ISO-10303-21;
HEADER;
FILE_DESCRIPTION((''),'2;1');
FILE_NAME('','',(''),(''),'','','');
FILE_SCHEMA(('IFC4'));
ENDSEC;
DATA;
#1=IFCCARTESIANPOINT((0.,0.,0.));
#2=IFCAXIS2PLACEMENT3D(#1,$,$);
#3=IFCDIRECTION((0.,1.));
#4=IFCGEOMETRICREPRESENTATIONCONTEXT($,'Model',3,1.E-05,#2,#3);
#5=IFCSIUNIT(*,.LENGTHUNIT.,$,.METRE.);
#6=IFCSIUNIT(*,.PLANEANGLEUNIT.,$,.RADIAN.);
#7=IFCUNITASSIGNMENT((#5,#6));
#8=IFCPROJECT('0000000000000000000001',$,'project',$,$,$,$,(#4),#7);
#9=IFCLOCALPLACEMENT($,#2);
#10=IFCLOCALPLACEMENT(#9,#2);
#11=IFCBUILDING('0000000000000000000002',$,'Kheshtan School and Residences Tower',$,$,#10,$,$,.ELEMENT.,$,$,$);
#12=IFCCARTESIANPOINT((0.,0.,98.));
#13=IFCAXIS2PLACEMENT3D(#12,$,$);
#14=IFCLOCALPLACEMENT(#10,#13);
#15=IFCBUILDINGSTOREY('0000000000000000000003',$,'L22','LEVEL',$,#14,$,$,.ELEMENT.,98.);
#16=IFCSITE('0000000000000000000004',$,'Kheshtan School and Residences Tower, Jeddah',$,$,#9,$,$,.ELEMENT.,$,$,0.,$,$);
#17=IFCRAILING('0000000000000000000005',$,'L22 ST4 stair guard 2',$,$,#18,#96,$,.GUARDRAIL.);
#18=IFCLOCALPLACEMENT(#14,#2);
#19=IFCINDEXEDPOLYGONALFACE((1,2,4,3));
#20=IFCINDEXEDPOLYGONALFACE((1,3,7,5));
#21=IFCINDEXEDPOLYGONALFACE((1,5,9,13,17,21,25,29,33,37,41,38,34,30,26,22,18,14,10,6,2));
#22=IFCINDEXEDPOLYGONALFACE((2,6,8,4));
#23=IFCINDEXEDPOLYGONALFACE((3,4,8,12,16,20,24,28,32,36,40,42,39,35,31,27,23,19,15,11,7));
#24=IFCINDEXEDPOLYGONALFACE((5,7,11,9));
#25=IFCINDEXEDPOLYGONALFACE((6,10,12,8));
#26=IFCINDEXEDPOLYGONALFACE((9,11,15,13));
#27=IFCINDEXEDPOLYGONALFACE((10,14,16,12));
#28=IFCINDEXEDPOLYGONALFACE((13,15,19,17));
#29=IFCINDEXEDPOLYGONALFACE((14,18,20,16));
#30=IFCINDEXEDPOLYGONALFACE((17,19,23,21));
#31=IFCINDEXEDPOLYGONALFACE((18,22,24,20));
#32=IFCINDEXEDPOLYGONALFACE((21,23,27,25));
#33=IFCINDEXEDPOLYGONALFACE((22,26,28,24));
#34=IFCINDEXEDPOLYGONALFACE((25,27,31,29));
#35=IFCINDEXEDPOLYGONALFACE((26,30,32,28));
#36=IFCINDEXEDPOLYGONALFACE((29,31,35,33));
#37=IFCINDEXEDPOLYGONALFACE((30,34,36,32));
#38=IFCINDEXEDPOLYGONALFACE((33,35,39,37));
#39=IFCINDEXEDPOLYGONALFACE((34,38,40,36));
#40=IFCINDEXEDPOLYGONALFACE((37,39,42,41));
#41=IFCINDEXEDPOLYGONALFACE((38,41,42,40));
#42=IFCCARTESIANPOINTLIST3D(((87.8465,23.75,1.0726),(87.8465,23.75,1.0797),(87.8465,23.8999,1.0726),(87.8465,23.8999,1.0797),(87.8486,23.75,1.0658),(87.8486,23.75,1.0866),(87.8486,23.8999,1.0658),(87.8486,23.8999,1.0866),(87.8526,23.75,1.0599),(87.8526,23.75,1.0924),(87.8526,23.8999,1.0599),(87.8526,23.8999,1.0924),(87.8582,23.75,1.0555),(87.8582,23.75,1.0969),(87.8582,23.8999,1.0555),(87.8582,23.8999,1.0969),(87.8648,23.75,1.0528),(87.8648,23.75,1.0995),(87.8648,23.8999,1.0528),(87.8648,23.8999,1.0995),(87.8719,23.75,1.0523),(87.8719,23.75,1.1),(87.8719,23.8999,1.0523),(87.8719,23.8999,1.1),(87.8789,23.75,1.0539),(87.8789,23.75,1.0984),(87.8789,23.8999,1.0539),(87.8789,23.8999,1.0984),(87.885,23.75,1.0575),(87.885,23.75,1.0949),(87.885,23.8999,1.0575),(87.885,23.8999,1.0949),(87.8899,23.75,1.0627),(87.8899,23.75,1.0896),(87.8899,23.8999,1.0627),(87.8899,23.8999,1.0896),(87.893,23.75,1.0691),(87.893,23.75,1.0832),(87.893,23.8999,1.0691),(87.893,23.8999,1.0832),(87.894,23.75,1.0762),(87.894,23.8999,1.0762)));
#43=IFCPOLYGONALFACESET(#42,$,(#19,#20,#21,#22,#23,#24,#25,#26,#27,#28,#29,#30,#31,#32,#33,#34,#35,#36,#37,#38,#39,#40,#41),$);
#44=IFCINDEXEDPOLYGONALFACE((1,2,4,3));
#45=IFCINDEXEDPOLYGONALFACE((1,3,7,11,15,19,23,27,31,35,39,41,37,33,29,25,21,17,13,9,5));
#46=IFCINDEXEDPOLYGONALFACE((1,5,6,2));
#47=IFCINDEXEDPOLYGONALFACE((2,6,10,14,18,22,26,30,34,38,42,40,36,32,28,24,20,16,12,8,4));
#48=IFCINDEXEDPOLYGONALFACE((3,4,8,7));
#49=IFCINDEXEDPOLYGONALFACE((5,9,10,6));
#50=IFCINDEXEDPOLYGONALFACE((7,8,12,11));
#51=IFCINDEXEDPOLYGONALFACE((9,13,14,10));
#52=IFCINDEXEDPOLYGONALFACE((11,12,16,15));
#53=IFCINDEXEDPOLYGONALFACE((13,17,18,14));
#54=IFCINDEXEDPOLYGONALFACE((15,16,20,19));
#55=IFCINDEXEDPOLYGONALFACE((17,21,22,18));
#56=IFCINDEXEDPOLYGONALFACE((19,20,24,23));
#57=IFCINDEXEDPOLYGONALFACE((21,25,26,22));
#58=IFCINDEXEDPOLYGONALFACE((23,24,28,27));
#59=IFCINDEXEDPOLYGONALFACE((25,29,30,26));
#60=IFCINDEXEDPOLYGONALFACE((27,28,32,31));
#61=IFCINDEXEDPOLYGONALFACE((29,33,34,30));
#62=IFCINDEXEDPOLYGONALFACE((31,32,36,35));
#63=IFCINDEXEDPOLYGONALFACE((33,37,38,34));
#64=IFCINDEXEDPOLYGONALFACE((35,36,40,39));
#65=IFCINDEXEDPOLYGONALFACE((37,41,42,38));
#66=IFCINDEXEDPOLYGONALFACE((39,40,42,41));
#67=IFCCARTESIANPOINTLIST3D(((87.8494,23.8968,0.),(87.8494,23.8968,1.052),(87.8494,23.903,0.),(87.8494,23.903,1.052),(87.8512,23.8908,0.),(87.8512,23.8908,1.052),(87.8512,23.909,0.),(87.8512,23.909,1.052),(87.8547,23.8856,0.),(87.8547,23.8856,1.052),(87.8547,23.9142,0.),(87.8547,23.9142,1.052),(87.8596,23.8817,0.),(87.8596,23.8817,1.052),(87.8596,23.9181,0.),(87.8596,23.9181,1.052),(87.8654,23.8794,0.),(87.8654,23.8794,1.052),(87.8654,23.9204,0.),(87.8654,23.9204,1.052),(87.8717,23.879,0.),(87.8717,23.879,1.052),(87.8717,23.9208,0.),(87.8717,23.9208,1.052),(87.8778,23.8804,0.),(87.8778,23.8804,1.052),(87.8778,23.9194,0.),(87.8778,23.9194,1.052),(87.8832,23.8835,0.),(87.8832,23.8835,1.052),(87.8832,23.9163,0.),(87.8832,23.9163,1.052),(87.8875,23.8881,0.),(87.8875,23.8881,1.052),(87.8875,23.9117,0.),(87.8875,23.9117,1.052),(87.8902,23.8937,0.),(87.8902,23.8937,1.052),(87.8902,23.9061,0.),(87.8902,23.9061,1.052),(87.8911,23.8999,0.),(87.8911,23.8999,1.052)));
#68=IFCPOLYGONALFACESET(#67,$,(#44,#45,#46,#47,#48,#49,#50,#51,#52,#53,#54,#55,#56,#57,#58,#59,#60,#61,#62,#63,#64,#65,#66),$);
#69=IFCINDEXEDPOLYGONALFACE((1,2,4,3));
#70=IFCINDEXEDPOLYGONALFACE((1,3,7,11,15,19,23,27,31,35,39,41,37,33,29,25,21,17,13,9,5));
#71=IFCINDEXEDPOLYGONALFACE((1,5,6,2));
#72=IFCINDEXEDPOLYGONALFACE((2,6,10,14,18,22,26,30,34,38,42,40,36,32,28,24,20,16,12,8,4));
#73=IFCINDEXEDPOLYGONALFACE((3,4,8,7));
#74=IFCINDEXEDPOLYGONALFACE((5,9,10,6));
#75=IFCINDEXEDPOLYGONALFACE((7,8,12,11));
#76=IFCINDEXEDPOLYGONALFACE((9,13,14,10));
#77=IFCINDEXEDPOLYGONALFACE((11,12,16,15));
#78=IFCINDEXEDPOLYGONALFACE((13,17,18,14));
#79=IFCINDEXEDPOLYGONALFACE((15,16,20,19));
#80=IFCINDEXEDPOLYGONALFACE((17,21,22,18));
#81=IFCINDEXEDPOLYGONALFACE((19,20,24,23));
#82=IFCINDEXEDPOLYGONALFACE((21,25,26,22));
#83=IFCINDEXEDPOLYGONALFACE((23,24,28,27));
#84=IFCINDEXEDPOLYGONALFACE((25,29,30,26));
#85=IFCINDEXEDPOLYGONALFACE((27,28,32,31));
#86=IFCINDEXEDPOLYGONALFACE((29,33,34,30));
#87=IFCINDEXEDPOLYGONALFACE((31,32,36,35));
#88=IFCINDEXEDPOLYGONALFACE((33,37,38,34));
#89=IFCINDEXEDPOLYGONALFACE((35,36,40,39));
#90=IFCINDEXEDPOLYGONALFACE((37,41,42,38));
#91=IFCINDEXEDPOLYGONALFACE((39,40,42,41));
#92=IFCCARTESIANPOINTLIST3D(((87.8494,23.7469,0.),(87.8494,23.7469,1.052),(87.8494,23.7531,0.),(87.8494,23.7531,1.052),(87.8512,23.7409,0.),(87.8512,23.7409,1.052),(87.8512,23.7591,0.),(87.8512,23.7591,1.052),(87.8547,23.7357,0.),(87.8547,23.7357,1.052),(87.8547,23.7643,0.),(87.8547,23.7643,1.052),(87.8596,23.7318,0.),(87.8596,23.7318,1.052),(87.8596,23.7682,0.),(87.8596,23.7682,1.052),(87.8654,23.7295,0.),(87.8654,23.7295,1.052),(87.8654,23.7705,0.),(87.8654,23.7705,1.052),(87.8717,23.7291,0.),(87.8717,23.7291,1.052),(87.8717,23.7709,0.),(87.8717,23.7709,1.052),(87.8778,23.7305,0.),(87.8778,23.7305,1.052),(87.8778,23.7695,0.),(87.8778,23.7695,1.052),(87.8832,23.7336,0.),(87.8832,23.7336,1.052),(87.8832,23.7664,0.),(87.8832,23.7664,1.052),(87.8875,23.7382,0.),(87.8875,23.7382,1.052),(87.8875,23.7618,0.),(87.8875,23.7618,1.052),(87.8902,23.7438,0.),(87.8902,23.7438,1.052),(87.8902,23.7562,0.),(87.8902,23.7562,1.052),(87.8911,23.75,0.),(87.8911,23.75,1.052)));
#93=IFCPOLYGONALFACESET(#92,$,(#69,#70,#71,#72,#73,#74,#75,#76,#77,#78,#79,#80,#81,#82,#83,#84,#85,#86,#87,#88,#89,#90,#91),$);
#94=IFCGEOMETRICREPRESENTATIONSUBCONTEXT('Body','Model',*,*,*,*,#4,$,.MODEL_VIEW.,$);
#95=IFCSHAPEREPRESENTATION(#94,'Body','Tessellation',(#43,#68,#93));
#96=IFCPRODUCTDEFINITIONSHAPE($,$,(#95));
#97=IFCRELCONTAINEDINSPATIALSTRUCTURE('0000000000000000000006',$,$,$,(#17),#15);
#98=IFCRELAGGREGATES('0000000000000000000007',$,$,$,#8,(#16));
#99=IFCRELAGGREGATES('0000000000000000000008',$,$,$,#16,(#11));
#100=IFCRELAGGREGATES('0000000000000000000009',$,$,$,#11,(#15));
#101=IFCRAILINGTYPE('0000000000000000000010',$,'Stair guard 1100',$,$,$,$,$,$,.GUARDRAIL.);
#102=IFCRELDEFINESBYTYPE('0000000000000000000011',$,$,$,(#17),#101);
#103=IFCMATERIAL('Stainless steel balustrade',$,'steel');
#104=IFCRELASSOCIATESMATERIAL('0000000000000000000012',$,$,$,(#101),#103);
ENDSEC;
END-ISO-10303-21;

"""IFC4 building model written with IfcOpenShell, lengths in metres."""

from ifc_helpers import new_model, si_unit, direction, frame, origin, origin_2d, place, context, subcontext, project, spatial, circle, extrude, material, type_object, element, save


model = new_model("IFC4")

# Units and contexts
model_context = context("Model", 3, precision=1e-05, world=origin(), true_north=direction((0.0, 1.0)))
body_context = subcontext(model_context, "Body", "Model", "MODEL_VIEW")
ifc_project = project(units=[si_unit("LENGTHUNIT", "METRE"), si_unit("PLANEANGLEUNIT", "RADIAN")], contexts=[model_context])

# Site, building, storey
site_placement = place(None, origin())
site = spatial("IfcSite", under=ifc_project, at=site_placement, Name="Kheshtan School and Residences Tower, Jeddah", CompositionType="ELEMENT", RefElevation=0.0)
building_placement = place(site_placement, origin())
building = spatial("IfcBuilding", under=site, at=building_placement, Name="Kheshtan School and Residences Tower", CompositionType="ELEMENT")
storey_placement = place(building_placement, frame((0.0, 0.0, 98.0)))
storey = spatial("IfcBuildingStorey", under=building, at=storey_placement, Name="L22", Description="LEVEL", CompositionType="ELEMENT", Elevation=98.0)

# Railing
ifc_material_1 = material(Name="Stainless steel balustrade", Category="steel")
railing_type_1 = type_object("IfcRailingType", Name="Stair guard 1100", PredefinedType="GUARDRAIL", material=ifc_material_1)
railing_1_placement = place(storey_placement, frame((87.8701, 23.8999, 0.0)))
element("IfcRailing", 1, at=railing_1_placement, inside=storey, type_object=railing_type_1, Name="L22 ST4 stair guard 2", PredefinedType="GUARDRAIL", context=body_context, shape_type="SweptSolid", body=[
    extrude(circle(Radius=0.0239, at=origin_2d()), frame((0.0, 0.0, 1.0762), z_axis=(0.0, -1.0, 0.0), x_axis=(1.0, 0.0, 0.0)), (0.0, 0.0, 1.0), 0.1499),
    extrude(circle(Radius=0.021, at=origin_2d()), origin(), (0.0, 0.0, 1.0), 1.052),
    extrude(circle(Radius=0.021, at=origin_2d()), frame((0.0, -0.1499, 0.0)), (0.0, 0.0, 1.0), 1.052),
])

save(model, "model.ifc")
